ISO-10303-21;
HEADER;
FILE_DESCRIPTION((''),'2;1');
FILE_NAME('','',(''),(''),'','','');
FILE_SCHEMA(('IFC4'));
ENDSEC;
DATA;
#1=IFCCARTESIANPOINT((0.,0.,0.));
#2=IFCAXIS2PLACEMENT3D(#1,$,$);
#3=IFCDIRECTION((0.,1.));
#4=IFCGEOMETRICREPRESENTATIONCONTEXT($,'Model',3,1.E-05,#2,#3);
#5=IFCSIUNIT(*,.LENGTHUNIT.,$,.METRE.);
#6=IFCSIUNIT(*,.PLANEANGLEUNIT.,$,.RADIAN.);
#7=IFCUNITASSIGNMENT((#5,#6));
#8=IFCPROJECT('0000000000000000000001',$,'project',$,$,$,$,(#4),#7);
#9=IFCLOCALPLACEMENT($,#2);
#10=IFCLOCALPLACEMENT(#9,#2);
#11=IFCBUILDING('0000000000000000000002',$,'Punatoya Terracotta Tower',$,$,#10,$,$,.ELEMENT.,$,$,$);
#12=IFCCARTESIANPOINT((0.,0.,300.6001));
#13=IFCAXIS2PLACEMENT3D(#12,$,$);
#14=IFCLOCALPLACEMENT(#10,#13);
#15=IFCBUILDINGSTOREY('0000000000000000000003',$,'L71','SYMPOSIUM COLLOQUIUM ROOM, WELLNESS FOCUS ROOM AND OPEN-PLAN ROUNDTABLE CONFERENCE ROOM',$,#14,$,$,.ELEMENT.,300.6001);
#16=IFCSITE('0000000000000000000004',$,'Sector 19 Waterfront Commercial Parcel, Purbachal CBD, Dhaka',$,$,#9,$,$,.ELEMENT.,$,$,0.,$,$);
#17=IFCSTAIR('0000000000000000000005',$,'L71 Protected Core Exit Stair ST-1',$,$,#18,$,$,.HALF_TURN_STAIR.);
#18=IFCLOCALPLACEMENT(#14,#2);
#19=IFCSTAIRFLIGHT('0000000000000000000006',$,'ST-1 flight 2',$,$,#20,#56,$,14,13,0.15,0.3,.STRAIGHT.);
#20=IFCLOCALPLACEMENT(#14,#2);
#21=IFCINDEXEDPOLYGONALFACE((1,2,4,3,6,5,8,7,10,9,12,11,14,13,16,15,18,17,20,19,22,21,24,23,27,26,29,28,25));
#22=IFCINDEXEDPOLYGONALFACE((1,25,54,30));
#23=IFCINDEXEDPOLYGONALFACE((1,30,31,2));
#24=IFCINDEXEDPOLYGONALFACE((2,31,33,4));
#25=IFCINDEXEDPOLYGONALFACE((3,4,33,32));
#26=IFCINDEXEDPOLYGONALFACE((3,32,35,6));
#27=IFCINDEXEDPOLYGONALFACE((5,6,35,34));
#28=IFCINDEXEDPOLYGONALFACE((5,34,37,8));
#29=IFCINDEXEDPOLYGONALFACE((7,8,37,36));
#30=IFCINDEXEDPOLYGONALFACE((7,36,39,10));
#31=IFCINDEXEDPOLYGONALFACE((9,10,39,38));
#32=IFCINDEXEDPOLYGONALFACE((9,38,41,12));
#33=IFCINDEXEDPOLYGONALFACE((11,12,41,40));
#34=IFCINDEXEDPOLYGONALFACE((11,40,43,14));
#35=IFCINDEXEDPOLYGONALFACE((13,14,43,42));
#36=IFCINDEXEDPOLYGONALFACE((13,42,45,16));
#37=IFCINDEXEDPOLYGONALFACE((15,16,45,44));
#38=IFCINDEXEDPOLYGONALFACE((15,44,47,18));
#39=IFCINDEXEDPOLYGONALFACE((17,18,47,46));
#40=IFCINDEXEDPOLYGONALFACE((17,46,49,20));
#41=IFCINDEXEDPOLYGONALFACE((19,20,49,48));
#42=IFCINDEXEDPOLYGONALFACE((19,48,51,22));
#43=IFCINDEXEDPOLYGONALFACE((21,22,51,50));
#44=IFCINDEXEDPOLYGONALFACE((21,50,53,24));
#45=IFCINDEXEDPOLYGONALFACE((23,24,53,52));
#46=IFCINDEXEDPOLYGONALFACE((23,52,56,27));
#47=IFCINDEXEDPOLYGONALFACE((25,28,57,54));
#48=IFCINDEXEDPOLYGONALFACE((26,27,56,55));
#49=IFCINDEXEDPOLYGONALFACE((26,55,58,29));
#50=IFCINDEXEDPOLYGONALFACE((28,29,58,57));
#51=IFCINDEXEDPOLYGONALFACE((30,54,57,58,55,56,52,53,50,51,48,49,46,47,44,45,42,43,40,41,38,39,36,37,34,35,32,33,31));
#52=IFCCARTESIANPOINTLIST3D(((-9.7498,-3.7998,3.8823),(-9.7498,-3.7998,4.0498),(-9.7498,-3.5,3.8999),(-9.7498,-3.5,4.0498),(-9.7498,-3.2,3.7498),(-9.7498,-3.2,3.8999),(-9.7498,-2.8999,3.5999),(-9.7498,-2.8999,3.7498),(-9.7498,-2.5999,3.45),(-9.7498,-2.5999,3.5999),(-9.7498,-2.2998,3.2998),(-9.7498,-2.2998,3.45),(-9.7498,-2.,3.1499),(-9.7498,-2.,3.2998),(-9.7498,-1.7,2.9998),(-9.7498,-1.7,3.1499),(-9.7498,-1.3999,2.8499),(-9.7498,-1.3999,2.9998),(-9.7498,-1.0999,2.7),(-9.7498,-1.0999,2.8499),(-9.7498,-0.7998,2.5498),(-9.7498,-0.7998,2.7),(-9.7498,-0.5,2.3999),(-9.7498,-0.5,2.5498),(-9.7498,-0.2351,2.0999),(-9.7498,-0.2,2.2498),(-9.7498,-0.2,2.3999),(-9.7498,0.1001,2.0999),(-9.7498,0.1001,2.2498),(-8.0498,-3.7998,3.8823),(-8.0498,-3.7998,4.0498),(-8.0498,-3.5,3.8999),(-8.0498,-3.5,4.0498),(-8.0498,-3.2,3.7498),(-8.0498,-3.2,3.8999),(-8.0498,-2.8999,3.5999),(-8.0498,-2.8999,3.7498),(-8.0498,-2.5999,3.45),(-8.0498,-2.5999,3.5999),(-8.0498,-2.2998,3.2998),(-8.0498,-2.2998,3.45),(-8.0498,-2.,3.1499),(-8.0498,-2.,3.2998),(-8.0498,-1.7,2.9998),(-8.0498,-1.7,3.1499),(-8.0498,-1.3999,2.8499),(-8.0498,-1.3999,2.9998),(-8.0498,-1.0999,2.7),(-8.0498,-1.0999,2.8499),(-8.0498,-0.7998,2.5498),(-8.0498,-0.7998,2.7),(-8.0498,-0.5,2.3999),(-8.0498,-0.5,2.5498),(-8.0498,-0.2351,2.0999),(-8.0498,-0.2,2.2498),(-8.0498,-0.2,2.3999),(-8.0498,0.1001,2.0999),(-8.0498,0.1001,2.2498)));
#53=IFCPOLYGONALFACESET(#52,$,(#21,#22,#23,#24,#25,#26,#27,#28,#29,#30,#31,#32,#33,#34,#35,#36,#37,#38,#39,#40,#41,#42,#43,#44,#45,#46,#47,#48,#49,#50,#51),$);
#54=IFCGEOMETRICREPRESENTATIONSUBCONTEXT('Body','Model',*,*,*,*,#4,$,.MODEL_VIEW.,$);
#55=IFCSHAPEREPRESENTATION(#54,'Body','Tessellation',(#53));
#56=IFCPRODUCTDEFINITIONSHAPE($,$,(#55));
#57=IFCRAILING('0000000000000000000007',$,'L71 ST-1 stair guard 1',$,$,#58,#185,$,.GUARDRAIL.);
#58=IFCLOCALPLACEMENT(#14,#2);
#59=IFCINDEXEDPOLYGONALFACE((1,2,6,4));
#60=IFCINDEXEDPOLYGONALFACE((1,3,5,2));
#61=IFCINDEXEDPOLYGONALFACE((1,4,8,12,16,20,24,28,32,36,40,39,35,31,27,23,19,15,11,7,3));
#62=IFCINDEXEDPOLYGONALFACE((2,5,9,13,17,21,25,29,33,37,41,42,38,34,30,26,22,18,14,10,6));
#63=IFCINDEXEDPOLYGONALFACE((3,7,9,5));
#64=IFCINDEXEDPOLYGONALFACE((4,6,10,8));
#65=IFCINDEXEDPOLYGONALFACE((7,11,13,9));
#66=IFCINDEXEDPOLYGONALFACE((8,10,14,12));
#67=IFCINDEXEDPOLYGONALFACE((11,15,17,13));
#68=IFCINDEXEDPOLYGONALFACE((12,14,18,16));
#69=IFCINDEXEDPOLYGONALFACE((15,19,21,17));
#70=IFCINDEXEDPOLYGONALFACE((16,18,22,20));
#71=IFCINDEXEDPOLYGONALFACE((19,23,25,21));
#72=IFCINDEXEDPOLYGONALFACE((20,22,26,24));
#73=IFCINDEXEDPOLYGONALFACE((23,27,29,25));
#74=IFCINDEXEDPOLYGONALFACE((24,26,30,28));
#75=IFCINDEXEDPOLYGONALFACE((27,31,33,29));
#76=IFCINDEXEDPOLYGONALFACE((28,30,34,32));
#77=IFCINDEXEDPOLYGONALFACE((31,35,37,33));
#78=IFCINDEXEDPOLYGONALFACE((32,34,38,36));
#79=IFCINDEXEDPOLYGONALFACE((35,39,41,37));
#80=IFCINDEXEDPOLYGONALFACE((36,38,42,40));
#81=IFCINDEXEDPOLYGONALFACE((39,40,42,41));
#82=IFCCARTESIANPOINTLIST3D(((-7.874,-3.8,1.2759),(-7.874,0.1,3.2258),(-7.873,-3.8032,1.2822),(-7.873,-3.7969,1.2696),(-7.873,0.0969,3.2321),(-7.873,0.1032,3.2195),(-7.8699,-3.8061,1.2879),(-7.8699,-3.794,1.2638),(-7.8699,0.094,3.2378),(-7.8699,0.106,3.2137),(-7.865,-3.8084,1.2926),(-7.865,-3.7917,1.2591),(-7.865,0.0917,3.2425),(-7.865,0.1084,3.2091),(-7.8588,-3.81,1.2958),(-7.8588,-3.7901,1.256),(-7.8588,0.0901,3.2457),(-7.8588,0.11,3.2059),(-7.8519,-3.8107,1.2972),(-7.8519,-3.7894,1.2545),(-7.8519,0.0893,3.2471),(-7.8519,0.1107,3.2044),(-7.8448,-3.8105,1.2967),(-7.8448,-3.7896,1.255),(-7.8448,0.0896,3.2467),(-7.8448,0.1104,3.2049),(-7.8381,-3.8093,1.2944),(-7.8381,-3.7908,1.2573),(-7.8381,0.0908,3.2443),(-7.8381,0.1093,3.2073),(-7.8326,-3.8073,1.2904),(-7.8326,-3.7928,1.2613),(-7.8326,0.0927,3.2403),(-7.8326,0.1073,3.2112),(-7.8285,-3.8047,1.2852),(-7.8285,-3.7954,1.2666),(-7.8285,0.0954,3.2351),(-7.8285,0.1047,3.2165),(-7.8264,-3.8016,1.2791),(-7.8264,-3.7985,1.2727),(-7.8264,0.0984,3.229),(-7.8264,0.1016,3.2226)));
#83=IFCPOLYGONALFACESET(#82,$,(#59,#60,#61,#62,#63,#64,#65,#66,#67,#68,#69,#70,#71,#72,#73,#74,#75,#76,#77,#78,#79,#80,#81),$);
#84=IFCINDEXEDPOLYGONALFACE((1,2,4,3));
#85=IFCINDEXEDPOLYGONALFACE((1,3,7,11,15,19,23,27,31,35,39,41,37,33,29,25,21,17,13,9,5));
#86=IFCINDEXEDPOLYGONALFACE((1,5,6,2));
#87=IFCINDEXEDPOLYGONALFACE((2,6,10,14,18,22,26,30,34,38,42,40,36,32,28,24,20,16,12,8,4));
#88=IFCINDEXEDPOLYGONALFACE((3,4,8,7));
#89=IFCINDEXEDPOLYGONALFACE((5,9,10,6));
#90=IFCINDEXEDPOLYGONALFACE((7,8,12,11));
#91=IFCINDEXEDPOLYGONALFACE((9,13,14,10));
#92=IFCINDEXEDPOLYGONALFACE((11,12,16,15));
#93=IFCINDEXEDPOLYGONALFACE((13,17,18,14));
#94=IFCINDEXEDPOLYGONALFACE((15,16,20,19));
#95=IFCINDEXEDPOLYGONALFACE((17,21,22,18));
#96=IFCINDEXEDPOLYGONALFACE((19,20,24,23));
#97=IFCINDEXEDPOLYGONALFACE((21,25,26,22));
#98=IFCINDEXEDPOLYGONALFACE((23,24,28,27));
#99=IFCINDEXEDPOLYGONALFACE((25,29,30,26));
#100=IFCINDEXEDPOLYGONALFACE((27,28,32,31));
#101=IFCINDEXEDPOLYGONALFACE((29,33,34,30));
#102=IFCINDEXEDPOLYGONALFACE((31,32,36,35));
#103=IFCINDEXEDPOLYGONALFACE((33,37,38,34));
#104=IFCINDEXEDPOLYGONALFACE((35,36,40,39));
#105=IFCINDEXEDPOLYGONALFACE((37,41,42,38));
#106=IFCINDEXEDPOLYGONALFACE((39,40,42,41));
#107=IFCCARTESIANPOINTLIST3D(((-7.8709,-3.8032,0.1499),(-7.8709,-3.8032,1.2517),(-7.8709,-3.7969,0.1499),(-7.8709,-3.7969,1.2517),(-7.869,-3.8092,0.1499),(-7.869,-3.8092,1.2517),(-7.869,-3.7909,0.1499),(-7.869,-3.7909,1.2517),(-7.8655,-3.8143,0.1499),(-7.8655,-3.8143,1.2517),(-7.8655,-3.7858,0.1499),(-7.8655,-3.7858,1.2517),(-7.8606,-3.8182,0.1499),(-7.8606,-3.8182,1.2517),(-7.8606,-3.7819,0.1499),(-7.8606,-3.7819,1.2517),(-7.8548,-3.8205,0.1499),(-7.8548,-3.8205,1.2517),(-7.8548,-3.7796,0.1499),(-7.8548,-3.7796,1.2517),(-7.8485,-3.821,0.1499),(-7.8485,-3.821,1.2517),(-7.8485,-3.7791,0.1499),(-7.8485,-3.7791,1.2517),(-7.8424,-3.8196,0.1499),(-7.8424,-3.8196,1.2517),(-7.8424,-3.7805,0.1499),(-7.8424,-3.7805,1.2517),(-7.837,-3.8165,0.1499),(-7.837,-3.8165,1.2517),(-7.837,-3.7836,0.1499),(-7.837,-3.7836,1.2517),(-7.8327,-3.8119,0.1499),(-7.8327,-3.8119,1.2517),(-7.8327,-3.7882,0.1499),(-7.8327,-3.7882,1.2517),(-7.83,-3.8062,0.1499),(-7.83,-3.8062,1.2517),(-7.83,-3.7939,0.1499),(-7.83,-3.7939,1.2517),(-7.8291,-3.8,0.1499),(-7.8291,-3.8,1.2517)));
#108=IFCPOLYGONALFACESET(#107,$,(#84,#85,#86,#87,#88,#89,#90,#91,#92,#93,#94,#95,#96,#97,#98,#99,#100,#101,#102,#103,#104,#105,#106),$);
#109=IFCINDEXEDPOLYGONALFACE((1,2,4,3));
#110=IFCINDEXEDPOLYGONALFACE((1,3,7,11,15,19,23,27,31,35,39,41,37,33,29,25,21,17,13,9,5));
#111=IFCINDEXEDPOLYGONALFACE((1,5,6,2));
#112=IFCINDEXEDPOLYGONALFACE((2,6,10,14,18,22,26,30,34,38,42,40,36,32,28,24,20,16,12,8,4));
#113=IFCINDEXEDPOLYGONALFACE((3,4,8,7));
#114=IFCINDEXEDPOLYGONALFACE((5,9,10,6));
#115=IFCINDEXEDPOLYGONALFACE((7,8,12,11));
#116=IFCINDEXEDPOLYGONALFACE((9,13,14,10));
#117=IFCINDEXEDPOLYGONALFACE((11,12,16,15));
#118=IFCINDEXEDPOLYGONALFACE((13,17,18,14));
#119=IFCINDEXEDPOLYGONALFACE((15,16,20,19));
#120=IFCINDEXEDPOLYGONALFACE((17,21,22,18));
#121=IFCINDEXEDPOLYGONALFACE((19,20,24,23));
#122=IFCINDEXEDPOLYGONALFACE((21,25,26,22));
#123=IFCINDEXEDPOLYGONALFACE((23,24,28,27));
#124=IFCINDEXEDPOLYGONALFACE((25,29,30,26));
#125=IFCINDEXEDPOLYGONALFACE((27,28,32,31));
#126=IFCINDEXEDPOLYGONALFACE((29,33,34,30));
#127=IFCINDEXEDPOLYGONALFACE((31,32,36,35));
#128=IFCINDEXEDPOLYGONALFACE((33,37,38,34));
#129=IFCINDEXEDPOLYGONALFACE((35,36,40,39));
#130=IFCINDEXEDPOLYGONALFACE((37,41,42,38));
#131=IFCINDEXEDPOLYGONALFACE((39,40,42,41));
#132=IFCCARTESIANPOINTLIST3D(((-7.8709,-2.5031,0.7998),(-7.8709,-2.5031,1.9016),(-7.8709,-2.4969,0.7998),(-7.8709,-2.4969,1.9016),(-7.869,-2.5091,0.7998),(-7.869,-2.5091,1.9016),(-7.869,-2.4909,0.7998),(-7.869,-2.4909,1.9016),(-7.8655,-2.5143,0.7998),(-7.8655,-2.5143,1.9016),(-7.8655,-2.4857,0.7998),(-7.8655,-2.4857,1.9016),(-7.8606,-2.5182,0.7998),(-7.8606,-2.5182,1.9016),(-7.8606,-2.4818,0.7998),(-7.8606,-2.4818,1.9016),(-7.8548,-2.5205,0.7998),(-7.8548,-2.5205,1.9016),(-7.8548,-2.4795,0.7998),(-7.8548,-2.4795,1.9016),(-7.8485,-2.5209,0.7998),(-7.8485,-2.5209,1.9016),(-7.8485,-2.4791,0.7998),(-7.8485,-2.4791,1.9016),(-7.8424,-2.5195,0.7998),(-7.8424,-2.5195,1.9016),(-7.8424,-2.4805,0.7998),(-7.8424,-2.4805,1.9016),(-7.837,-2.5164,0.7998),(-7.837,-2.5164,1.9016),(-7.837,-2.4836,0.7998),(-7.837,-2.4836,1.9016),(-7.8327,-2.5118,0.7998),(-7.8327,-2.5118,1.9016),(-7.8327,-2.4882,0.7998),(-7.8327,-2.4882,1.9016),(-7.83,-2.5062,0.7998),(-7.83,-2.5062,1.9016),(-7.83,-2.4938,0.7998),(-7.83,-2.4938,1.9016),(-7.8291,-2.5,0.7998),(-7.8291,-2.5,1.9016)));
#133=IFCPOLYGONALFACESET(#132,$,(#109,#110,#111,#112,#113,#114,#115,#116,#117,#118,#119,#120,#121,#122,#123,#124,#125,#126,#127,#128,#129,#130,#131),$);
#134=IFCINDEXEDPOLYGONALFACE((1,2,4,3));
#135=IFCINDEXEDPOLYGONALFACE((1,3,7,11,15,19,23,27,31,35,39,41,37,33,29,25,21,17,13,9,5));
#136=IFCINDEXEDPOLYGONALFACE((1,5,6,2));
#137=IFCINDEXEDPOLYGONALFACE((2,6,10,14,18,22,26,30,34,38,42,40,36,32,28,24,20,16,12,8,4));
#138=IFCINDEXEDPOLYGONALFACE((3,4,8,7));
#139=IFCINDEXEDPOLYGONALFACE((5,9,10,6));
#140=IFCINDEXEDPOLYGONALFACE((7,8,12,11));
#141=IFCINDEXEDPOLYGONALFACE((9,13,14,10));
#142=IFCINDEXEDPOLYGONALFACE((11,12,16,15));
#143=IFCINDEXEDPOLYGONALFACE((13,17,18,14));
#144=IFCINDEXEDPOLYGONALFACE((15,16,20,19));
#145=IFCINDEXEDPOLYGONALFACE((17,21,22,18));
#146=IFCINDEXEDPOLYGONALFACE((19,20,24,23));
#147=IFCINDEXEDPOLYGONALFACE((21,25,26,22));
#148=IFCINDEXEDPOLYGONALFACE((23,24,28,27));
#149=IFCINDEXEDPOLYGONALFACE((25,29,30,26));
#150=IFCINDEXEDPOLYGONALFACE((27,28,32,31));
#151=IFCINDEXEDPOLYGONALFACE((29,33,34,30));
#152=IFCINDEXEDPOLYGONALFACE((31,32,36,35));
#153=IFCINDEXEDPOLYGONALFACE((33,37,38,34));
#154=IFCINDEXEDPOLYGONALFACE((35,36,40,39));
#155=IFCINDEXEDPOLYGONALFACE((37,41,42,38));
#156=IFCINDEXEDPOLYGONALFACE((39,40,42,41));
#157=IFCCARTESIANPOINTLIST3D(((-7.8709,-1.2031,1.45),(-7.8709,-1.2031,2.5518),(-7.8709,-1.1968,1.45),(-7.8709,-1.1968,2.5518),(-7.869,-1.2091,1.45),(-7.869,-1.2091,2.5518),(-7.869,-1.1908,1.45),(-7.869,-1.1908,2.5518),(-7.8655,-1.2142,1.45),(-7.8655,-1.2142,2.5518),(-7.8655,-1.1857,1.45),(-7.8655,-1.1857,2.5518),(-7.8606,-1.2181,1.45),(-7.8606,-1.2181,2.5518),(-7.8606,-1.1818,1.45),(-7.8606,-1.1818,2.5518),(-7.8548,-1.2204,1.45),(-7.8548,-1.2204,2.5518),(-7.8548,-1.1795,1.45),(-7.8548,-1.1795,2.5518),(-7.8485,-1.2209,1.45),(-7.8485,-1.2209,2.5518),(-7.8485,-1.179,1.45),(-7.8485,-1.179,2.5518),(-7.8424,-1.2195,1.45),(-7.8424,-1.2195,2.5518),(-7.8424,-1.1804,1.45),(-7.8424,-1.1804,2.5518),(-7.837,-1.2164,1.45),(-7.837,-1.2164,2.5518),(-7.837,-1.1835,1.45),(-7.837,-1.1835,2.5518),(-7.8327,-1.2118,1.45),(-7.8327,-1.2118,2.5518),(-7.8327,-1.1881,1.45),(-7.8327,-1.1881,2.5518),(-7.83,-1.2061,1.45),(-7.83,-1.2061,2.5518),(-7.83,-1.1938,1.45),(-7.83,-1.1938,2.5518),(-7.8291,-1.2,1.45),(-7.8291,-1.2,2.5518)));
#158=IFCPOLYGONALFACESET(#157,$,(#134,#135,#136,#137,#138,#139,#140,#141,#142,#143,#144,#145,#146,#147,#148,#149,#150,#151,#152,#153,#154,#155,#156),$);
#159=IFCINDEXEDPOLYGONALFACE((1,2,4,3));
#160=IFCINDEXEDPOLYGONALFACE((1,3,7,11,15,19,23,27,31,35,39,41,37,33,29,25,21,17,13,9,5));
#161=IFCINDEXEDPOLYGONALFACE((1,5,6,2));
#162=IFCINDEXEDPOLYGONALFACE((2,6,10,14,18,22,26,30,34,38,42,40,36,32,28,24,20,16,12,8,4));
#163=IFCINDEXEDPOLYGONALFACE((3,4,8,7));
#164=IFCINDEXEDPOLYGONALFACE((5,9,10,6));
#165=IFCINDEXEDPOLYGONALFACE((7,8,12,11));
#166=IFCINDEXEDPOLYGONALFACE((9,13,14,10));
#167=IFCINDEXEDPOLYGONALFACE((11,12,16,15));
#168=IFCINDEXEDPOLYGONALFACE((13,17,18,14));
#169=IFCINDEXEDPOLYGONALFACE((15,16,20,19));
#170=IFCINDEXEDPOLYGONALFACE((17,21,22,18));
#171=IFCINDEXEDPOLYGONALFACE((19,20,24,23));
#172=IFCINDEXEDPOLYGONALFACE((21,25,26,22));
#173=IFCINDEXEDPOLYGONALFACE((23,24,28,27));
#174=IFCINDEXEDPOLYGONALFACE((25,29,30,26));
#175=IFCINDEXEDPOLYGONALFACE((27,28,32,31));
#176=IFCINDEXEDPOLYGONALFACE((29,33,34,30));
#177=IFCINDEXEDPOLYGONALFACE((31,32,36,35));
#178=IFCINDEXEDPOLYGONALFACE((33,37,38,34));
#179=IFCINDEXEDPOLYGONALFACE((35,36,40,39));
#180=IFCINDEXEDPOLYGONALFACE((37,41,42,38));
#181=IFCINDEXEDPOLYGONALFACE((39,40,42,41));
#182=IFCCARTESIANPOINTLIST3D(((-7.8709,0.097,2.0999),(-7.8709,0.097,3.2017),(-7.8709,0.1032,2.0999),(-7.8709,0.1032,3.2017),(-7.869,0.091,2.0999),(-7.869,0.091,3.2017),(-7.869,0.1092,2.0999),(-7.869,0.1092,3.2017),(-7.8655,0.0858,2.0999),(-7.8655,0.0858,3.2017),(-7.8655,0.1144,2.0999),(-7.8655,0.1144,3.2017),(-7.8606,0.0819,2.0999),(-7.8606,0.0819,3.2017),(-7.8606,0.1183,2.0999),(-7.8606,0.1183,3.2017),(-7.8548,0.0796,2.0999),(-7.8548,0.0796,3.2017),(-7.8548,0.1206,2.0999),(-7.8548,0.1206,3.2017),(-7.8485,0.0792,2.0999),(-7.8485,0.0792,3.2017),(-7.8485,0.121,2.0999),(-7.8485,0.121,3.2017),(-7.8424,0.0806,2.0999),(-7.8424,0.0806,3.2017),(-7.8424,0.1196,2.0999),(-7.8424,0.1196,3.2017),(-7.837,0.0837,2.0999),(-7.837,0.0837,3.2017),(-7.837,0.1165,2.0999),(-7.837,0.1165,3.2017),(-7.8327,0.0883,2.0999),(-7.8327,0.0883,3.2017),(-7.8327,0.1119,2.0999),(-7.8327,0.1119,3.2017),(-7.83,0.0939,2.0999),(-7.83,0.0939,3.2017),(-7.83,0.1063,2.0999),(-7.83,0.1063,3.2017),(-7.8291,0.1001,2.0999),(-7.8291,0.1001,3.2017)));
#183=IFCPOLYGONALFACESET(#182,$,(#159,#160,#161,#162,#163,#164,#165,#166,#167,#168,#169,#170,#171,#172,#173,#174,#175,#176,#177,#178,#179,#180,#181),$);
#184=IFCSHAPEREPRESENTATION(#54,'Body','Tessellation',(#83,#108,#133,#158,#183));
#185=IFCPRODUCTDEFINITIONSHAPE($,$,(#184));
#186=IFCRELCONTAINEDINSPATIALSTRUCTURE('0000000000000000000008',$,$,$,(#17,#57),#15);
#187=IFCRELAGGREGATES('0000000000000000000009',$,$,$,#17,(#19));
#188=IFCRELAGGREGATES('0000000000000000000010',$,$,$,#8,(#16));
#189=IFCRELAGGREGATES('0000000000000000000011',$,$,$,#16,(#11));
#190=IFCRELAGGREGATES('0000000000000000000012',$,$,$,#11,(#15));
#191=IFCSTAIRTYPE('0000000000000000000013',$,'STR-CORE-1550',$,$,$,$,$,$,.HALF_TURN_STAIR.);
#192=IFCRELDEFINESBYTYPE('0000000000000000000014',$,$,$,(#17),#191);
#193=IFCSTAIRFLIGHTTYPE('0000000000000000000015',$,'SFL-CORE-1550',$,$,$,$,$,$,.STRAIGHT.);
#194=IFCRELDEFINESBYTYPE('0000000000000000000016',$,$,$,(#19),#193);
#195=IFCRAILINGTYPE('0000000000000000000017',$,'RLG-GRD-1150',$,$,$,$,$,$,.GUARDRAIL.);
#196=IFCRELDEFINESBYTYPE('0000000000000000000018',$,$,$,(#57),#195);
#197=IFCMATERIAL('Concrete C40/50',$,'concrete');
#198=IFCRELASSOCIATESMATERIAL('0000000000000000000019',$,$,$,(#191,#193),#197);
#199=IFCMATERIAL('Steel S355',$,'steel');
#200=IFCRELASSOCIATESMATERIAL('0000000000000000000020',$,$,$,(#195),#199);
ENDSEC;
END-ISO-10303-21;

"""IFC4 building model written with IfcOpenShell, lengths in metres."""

from ifc_helpers import new_model, si_unit, direction, frame, origin, origin_2d, place, context, subcontext, project, spatial, polyline, circle, outline, extrude, material, type_object, element, aggregate, save


model = new_model("IFC4")

# Units and contexts
model_context = context("Model", 3, precision=1e-05, world=origin(), true_north=direction((0.0, 1.0)))
body_context = subcontext(model_context, "Body", "Model", "MODEL_VIEW")
ifc_project = project(units=[si_unit("LENGTHUNIT", "METRE"), si_unit("PLANEANGLEUNIT", "RADIAN")], contexts=[model_context])

# Site, building, storey
site_placement = place(None, origin())
site = spatial("IfcSite", under=ifc_project, at=site_placement, Name="Sector 19 Waterfront Commercial Parcel, Purbachal CBD, Dhaka", CompositionType="ELEMENT", RefElevation=0.0)
building_placement = place(site_placement, origin())
building = spatial("IfcBuilding", under=site, at=building_placement, Name="Punatoya Terracotta Tower", CompositionType="ELEMENT")
storey_placement = place(building_placement, frame((0.0, 0.0, 300.6001)))
storey = spatial("IfcBuildingStorey", under=building, at=storey_placement, Name="L71", Description="SYMPOSIUM COLLOQUIUM ROOM, WELLNESS FOCUS ROOM AND OPEN-PLAN ROUNDTABLE CONFERENCE ROOM", CompositionType="ELEMENT", Elevation=300.6001)

# Shared definitions
ifc_material_1 = material(Name="Steel S355", Category="steel")

# Shared definitions
ifc_material_2 = material(Name="Concrete C40/50", Category="concrete")

# Stair, stair flight
stair_type = type_object("IfcStairType", Name="STR-CORE-1550", PredefinedType="HALF_TURN_STAIR", material=ifc_material_2)
stair_placement = place(storey_placement, origin())
stair = element("IfcStair", 1, at=stair_placement, inside=storey, type_object=stair_type, Name="L71 Protected Core Exit Stair ST-1", PredefinedType="HALF_TURN_STAIR")
stair_flight_type = type_object("IfcStairFlightType", Name="SFL-CORE-1550", PredefinedType="STRAIGHT", material=ifc_material_2)
stair_flight_1_placement = place(storey_placement, frame((-8.8999, 0.1001, 2.0999), z_axis=(0.0, 0.0, 1.0), x_axis=(0.0, -1.0, 0.0)))
stair_flight_1 = element("IfcStairFlight", 2, at=stair_flight_1_placement, type_object=stair_flight_type, Name="ST-1 flight 2", NumberOfRisers=14, NumberOfTreads=13, PredefinedType="STRAIGHT", RiserHeight=0.15, TreadLength=0.3, context=body_context, shape_type="SweptSolid", body=[
    extrude(outline(polyline([(0.0, 0.0), (0.0, 0.1499), (0.3, 0.1499), (0.3, 0.3), (0.6001, 0.3), (0.6001, 0.45), (0.8999, 0.45), (0.8999, 0.6001), (1.2, 0.6001), (1.2, 0.75), (1.5, 0.75), (1.5, 0.8999), (1.8, 0.8999), (1.8, 1.05), (2.1001, 1.05), (2.1001, 1.2), (2.3999, 1.2), (2.3999, 1.3501), (2.7, 1.3501), (2.7, 1.5), (3.0, 1.5), (3.0, 1.6499), (3.3, 1.6499), (3.3, 1.8), (3.6001, 1.8), (3.6001, 1.95), (3.8999, 1.95), (3.8999, 2.1001), (3.8999, 1.7825), (0.3352, 0.0), (0.0, 0.0)])), frame((0.0, 0.8501, 0.0), z_axis=(0.0, -1.0, 0.0), x_axis=(1.0, 0.0, 0.0)), (0.0, 0.0, 1.0), 1.7),
])
aggregate(stair, [stair_flight_1])

# Railing
railing_type_1 = type_object("IfcRailingType", Name="RLG-GRD-1150", PredefinedType="GUARDRAIL", material=ifc_material_1)
railing_1_placement = place(storey_placement, frame((-7.8501, -3.8, 0.1499)))
element("IfcRailing", 3, at=railing_1_placement, inside=storey, type_object=railing_type_1, Name="L71 ST-1 stair guard 1", PredefinedType="GUARDRAIL", context=body_context, shape_type="SweptSolid", body=[
    extrude(circle(Radius=0.0239, at=origin_2d()), frame((0.0, 0.0, 1.126), z_axis=(0.0, 0.894438, 0.447191), x_axis=(-1.0, 0.0, 0.0)), (0.0, 0.0, 1.0), 4.3604),
    extrude(circle(Radius=0.021, at=origin_2d()), origin(), (0.0, 0.0, 1.0), 1.1018),
    extrude(circle(Radius=0.021, at=origin_2d()), frame((0.0, 1.3, 0.6499)), (0.0, 0.0, 1.0), 1.1018),
    extrude(circle(Radius=0.021, at=origin_2d()), frame((0.0, 2.6001, 1.3)), (0.0, 0.0, 1.0), 1.1018),
    extrude(circle(Radius=0.021, at=origin_2d()), frame((0.0, 3.9001, 1.95)), (0.0, 0.0, 1.0), 1.1018),
])

save(model, "model.ifc")
